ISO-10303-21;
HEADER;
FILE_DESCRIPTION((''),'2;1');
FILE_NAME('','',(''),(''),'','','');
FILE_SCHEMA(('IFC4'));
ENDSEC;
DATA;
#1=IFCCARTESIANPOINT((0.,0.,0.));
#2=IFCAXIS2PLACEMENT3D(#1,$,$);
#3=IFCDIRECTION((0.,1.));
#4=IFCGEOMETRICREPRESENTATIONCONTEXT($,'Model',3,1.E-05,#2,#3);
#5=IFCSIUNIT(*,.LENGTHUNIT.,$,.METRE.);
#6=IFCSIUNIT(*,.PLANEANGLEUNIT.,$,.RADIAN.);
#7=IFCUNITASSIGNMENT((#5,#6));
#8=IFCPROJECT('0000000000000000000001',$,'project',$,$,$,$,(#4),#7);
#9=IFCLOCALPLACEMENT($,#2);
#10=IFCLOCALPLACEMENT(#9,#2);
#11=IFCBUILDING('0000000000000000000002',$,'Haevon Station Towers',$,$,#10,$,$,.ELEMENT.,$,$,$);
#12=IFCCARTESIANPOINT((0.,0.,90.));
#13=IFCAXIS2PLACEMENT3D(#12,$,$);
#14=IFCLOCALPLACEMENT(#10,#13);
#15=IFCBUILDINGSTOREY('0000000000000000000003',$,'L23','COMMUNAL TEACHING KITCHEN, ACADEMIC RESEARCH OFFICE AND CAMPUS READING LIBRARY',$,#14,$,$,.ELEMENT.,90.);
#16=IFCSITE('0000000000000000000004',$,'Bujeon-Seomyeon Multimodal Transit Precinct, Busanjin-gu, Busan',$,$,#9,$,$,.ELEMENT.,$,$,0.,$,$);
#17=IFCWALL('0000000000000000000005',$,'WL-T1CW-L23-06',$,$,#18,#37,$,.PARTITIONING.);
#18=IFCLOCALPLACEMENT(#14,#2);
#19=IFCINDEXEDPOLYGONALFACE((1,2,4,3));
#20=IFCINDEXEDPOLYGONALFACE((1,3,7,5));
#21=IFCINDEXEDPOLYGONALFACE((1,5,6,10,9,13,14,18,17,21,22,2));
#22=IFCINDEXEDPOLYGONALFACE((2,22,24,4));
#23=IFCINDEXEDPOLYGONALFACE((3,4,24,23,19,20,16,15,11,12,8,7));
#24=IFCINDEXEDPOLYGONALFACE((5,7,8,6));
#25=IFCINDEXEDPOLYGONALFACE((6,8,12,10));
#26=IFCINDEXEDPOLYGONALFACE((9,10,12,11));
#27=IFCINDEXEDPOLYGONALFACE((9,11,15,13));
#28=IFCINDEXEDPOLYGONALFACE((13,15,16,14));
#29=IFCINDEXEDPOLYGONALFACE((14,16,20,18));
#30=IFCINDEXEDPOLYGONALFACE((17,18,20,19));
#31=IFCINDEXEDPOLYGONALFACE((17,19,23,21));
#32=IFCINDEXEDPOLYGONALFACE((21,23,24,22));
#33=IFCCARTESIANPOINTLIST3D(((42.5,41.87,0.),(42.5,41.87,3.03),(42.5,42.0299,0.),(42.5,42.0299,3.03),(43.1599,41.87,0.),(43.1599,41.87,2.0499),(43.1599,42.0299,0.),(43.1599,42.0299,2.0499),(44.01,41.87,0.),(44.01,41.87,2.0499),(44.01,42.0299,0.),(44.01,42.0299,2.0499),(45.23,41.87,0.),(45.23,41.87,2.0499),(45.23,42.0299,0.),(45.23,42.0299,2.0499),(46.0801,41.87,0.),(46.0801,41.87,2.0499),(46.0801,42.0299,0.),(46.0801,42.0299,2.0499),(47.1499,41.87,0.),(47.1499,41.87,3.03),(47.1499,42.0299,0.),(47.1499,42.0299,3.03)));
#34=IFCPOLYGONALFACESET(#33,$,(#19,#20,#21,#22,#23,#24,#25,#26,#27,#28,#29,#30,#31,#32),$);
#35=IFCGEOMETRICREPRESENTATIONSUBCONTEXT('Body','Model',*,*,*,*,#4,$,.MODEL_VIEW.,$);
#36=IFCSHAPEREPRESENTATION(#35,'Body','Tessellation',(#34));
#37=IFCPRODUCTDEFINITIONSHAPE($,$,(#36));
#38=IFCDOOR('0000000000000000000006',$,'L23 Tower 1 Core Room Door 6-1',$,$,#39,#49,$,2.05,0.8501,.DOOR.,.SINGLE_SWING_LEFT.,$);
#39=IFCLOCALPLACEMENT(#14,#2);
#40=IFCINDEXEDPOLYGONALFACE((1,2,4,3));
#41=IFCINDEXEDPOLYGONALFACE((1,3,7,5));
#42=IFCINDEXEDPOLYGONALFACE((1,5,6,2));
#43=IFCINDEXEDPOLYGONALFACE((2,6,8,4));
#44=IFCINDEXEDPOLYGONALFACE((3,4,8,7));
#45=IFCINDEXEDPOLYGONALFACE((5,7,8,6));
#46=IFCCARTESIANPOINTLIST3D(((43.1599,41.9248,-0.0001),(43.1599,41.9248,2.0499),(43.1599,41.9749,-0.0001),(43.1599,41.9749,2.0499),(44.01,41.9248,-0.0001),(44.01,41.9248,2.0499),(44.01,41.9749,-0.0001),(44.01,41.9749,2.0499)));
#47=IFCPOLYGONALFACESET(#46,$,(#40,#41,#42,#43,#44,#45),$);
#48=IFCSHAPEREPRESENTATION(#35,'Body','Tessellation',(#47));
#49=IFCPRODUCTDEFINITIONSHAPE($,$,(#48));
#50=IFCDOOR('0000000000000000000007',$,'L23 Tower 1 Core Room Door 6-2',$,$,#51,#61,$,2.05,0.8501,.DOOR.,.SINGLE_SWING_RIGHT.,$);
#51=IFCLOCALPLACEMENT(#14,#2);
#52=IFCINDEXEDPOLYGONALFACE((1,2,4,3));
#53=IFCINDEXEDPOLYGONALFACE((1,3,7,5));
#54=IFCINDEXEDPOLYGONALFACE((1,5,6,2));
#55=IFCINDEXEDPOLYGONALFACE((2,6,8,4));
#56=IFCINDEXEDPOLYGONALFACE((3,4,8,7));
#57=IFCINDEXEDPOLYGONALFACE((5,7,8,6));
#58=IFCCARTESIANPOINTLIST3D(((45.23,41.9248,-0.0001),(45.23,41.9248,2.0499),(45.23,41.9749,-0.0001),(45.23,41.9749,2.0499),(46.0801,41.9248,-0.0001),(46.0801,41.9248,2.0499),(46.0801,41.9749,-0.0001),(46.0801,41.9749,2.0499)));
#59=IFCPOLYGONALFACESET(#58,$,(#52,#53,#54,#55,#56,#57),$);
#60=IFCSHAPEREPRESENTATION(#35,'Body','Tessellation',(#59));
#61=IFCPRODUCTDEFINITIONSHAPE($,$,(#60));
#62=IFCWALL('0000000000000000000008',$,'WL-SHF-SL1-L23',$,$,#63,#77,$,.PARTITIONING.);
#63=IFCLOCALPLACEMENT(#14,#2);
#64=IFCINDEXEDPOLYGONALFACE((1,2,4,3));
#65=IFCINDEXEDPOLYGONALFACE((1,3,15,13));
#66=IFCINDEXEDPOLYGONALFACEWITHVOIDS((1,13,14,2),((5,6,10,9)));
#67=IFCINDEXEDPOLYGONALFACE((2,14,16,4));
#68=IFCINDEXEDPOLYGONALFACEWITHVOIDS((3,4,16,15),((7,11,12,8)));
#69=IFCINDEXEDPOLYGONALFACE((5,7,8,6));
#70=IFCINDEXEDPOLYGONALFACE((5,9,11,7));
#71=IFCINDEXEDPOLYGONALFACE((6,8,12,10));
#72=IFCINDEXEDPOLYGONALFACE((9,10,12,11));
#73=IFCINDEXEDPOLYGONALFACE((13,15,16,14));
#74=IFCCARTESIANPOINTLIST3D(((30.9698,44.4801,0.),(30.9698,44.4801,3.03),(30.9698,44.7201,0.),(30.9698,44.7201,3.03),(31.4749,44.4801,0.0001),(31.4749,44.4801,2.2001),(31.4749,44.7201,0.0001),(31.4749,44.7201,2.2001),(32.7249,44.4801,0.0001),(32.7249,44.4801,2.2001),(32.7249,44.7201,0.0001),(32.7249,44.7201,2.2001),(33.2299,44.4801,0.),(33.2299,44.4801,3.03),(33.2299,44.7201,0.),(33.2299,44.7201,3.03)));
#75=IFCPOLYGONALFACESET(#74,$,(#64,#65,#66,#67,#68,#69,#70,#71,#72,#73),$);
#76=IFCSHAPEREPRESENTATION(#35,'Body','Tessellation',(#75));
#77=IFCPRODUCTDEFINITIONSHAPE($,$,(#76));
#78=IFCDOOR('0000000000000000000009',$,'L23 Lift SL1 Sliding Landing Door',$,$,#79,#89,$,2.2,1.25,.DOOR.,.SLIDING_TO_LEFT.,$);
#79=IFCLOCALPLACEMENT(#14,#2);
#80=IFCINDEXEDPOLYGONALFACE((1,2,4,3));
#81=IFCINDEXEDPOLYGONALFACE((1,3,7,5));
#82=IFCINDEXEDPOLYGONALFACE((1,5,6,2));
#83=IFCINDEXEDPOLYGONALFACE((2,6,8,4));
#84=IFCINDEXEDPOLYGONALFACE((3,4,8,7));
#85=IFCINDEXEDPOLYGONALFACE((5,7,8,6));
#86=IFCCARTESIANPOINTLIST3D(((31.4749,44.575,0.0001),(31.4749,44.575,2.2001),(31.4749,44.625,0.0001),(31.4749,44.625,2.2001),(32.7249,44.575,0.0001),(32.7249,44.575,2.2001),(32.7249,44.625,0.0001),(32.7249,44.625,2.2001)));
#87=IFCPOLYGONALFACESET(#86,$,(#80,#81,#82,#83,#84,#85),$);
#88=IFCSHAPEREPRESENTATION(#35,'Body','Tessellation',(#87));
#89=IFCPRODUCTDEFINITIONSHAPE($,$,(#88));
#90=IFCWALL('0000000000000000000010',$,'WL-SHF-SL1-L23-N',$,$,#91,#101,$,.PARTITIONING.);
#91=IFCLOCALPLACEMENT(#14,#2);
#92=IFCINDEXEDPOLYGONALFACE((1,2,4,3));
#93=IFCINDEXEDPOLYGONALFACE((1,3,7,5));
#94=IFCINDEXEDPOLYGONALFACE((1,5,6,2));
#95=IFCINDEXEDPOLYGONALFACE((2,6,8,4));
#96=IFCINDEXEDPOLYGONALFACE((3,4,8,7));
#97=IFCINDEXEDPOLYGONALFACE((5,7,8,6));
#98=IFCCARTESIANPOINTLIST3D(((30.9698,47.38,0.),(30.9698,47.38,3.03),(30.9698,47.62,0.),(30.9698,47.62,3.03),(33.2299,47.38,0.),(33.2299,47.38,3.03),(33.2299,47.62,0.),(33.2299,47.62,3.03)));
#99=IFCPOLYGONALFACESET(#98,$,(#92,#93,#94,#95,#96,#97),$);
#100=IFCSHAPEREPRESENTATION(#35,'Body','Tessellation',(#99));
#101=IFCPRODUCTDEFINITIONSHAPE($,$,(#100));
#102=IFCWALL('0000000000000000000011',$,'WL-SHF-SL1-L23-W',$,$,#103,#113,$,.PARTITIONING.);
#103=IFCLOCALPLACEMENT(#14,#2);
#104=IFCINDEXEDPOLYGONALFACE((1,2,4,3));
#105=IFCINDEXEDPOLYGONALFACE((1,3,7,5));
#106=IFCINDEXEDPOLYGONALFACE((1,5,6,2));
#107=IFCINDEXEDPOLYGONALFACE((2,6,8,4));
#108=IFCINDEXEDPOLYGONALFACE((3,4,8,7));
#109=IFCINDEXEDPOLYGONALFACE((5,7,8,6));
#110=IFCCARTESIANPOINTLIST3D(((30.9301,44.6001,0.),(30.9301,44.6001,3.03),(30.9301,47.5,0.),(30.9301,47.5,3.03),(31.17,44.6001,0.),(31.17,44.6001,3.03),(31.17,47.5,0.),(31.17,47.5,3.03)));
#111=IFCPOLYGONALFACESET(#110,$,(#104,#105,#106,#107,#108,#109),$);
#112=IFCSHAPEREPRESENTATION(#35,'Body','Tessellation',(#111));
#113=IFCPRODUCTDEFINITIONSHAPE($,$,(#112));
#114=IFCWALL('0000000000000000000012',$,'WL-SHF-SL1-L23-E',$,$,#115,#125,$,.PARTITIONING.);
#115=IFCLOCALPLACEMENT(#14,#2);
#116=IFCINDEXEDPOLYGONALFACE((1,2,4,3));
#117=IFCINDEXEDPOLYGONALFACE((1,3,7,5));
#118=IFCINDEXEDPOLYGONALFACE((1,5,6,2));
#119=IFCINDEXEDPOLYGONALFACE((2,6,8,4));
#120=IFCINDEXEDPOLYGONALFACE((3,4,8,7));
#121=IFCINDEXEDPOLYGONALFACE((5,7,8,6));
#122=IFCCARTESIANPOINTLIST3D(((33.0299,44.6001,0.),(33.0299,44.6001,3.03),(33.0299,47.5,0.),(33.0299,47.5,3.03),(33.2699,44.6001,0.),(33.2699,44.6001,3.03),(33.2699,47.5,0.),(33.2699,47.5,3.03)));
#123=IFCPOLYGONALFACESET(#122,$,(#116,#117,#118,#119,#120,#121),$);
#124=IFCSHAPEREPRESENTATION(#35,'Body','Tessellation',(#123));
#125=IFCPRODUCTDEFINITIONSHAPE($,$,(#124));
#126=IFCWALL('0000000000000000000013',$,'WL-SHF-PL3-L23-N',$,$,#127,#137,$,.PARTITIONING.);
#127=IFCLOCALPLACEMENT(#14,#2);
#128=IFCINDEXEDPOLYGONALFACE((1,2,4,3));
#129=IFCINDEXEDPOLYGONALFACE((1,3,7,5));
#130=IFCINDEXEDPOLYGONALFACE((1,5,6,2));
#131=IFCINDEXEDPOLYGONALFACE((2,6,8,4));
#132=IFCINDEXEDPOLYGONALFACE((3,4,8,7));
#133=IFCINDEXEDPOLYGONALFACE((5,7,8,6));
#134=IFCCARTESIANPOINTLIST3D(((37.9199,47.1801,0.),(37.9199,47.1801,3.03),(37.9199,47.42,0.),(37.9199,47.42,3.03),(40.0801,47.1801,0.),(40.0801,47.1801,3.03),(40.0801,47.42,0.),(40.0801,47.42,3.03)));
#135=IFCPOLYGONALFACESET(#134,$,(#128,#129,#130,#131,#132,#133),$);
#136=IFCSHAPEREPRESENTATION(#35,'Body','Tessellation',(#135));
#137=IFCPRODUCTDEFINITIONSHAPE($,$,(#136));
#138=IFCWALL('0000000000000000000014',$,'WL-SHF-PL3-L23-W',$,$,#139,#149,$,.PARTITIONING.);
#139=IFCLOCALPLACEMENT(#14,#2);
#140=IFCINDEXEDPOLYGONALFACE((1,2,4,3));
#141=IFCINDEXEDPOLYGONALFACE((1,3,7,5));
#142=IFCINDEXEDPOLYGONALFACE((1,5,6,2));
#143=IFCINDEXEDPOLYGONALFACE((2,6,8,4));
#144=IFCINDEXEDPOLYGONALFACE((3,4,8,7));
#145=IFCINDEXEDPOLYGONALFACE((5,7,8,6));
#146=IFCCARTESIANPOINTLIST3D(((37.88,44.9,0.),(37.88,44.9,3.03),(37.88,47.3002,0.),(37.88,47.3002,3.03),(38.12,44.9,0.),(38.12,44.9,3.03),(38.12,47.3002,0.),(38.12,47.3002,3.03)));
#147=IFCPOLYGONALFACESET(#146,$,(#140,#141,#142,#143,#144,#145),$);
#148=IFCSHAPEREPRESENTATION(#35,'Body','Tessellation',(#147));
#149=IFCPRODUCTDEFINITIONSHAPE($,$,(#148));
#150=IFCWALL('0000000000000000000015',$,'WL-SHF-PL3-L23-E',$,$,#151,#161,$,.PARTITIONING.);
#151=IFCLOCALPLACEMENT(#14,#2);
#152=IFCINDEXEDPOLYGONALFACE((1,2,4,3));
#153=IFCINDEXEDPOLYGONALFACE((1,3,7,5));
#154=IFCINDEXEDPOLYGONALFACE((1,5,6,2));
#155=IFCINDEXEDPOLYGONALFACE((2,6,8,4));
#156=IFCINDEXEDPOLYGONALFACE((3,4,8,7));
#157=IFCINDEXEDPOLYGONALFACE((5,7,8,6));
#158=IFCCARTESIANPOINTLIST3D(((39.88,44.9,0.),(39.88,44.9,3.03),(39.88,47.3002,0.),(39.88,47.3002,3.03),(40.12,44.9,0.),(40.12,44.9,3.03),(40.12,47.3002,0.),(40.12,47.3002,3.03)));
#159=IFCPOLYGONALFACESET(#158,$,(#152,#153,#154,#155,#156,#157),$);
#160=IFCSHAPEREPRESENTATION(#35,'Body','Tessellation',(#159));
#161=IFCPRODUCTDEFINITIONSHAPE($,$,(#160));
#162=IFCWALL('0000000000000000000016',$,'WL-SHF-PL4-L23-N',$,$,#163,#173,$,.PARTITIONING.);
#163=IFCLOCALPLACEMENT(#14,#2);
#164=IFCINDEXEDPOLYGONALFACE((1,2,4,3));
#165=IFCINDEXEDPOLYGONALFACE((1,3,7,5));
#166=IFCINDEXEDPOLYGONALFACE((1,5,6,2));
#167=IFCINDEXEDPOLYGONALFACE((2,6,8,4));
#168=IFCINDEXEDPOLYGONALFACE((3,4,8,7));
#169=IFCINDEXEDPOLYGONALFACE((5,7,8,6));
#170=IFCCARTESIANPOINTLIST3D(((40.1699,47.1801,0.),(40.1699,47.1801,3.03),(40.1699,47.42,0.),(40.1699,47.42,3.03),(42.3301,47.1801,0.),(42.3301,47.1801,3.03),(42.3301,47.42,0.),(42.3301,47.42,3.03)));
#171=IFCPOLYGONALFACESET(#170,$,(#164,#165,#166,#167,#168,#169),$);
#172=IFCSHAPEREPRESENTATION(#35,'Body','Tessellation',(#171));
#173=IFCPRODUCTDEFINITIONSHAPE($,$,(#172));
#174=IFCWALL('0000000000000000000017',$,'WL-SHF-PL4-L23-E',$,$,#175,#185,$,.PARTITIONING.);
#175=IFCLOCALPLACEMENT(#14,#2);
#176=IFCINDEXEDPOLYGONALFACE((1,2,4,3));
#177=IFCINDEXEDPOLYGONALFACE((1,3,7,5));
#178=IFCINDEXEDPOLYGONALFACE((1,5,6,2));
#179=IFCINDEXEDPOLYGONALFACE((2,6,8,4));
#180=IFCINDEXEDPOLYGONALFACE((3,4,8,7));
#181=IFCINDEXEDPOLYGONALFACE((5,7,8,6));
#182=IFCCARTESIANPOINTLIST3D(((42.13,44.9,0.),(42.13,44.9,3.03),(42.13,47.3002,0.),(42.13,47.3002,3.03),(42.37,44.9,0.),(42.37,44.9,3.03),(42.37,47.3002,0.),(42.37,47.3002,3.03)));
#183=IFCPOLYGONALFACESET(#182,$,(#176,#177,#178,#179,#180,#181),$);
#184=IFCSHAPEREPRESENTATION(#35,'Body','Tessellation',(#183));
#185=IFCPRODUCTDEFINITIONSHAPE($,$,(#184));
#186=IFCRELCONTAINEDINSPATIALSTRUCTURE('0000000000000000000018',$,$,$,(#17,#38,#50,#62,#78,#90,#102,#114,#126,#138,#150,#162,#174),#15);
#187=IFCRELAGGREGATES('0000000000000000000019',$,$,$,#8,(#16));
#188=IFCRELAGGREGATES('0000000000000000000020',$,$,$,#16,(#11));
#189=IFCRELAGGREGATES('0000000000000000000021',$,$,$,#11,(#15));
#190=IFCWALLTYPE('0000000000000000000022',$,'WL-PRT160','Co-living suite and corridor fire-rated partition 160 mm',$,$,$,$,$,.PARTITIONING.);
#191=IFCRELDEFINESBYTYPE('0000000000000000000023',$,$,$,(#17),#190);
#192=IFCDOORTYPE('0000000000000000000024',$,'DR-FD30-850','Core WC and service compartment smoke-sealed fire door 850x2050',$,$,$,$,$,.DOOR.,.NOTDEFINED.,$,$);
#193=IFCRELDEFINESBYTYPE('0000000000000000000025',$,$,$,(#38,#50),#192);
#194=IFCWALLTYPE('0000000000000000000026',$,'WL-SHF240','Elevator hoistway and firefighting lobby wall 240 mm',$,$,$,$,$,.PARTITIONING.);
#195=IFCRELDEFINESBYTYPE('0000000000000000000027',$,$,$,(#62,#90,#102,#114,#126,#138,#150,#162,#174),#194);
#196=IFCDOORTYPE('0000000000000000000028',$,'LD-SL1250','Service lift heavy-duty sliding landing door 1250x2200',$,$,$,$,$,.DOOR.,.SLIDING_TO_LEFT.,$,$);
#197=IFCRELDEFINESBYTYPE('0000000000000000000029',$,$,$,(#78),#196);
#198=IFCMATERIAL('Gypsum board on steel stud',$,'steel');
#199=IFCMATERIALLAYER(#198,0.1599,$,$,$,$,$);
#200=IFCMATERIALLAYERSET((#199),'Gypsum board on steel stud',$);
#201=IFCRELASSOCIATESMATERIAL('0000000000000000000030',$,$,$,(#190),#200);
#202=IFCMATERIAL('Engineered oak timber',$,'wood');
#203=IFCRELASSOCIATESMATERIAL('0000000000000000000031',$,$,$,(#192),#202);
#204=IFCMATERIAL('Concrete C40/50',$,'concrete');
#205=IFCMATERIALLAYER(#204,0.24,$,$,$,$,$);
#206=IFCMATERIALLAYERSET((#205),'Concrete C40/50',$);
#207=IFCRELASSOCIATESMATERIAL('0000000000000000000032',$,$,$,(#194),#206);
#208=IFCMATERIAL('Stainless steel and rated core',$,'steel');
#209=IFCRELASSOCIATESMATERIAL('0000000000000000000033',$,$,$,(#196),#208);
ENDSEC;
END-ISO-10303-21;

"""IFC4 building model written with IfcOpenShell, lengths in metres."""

from ifc_helpers import new_model, si_unit, direction, frame, frame_2d, origin, place, context, subcontext, project, spatial, rectangle, extrude, material, layer, layer_set, type_object, element, fill, save


model = new_model("IFC4")

# Units and contexts
model_context = context("Model", 3, precision=1e-05, world=origin(), true_north=direction((0.0, 1.0)))
body_context = subcontext(model_context, "Body", "Model", "MODEL_VIEW")
ifc_project = project(units=[si_unit("LENGTHUNIT", "METRE"), si_unit("PLANEANGLEUNIT", "RADIAN")], contexts=[model_context])

# Site, building, storey
site_placement = place(None, origin())
site = spatial("IfcSite", under=ifc_project, at=site_placement, Name="Bujeon-Seomyeon Multimodal Transit Precinct, Busanjin-gu, Busan", CompositionType="ELEMENT", RefElevation=0.0)
building_placement = place(site_placement, origin())
building = spatial("IfcBuilding", under=site, at=building_placement, Name="Haevon Station Towers", CompositionType="ELEMENT")
storey_placement = place(building_placement, frame((0.0, 0.0, 90.0)))
storey = spatial("IfcBuildingStorey", under=building, at=storey_placement, Name="L23", Description="COMMUNAL TEACHING KITCHEN, ACADEMIC RESEARCH OFFICE AND CAMPUS READING LIBRARY", CompositionType="ELEMENT", Elevation=90.0)

# Shared definitions
ifc_material_1 = material(Name="Gypsum board on steel stud", Category="steel")
ifc_layer_1 = layer(ifc_material_1, 0.1599)
ifc_layer_set_1 = layer_set([ifc_layer_1], Name="Gypsum board on steel stud")
wall_type_1 = type_object("IfcWallType", Name="WL-PRT160", Description="Co-living suite and corridor fire-rated partition 160 mm", PredefinedType="PARTITIONING", material=ifc_layer_set_1)
ifc_material_2 = material(Name="Engineered oak timber", Category="wood")

# Wall, openings, doors
wall_1_placement = place(storey_placement, frame((42.5, 41.95, 0.0), z_axis=(0.0, 0.0, 1.0), x_axis=(1.0, 0.0, 0.0)))
wall_1 = element("IfcWall", 1, at=wall_1_placement, inside=storey, type_object=wall_type_1, Name="WL-T1CW-L23-06", PredefinedType="PARTITIONING", context=body_context, shape_type="SweptSolid", body=[
    extrude(rectangle(XDim=4.6499, YDim=0.1599, at=frame_2d((2.325, 0.0))), origin(), (0.0, 0.0, 1.0), 3.03),
])
opening_1_placement = place(wall_1_placement, frame((0.6599, 0.0, 0.0)))
opening_1 = element("IfcOpeningElement", 2, at=opening_1_placement, cuts=wall_1, PredefinedType="OPENING", context=body_context, shape_type="SweptSolid", body=[
    extrude(rectangle(XDim=0.8501, YDim=2.05, at=frame_2d((0.425, 1.0249))), frame((0.0, 0.0898, 0.0), z_axis=(0.0, -1.0, 0.0), x_axis=(1.0, 0.0, 0.0)), (0.0, 0.0, 1.0), 0.1799),
])
opening_2_placement = place(wall_1_placement, frame((2.73, 0.0, 0.0)))
opening_2 = element("IfcOpeningElement", 3, at=opening_2_placement, cuts=wall_1, PredefinedType="OPENING", context=body_context, shape_type="SweptSolid", body=[
    extrude(rectangle(XDim=0.8501, YDim=2.05, at=frame_2d((0.425, 1.0249))), frame((0.0, 0.0898, 0.0), z_axis=(0.0, -1.0, 0.0), x_axis=(1.0, 0.0, 0.0)), (0.0, 0.0, 1.0), 0.1799),
])
door_type_1 = type_object("IfcDoorType", Name="DR-FD30-850", Description="Core WC and service compartment smoke-sealed fire door 850x2050", OperationType="NOTDEFINED", PredefinedType="DOOR", material=ifc_material_2)
door_1_placement = place(opening_1_placement, origin())
door_1 = element("IfcDoor", 4, at=door_1_placement, inside=storey, type_object=door_type_1, Name="L23 Tower 1 Core Room Door 6-1", OperationType="SINGLE_SWING_LEFT", OverallHeight=2.05, OverallWidth=0.8501, PredefinedType="DOOR", context=body_context, shape_type="SweptSolid", body=[
    extrude(rectangle(XDim=0.8501, YDim=2.05, at=frame_2d((0.425, 1.0249))), frame((0.0, 0.0249, 0.0), z_axis=(0.0, -1.0, 0.0), x_axis=(1.0, 0.0, 0.0)), (0.0, 0.0, 1.0), 0.05),
])
fill(opening_1, door_1)
door_2_placement = place(opening_2_placement, origin())
door_2 = element("IfcDoor", 5, at=door_2_placement, inside=storey, type_object=door_type_1, Name="L23 Tower 1 Core Room Door 6-2", OperationType="SINGLE_SWING_RIGHT", OverallHeight=2.05, OverallWidth=0.8501, PredefinedType="DOOR", context=body_context, shape_type="SweptSolid", body=[
    extrude(rectangle(XDim=0.8501, YDim=2.05, at=frame_2d((0.425, 1.0249))), frame((0.0, 0.0249, 0.0), z_axis=(0.0, -1.0, 0.0), x_axis=(1.0, 0.0, 0.0)), (0.0, 0.0, 1.0), 0.05),
])
fill(opening_2, door_2)

# Wall, opening, door
ifc_material_3 = material(Name="Concrete C40/50", Category="concrete")
ifc_layer_2 = layer(ifc_material_3, 0.24)
ifc_layer_set_2 = layer_set([ifc_layer_2], Name="Concrete C40/50")
wall_type_2 = type_object("IfcWallType", Name="WL-SHF240", Description="Elevator hoistway and firefighting lobby wall 240 mm", PredefinedType="PARTITIONING", material=ifc_layer_set_2)
wall_2_placement = place(storey_placement, frame((30.97, 44.6001, 0.0), z_axis=(0.0, 0.0, 1.0), x_axis=(1.0, 0.0, 0.0)))
wall_2 = element("IfcWall", 6, at=wall_2_placement, inside=storey, type_object=wall_type_2, Name="WL-SHF-SL1-L23", PredefinedType="PARTITIONING", context=body_context, shape_type="SweptSolid", body=[
    extrude(rectangle(XDim=2.26, YDim=0.24, at=frame_2d((1.1299, 0.0))), origin(), (0.0, 0.0, 1.0), 3.03),
])
opening_3_placement = place(wall_2_placement, frame((0.5049, 0.0, 0.0)))
opening_3 = element("IfcOpeningElement", 7, at=opening_3_placement, cuts=wall_2, PredefinedType="OPENING", context=body_context, shape_type="SweptSolid", body=[
    extrude(rectangle(XDim=1.25, YDim=2.2, at=frame_2d((0.625, 1.1001))), frame((0.0, 0.1299, 0.0), z_axis=(0.0, -1.0, 0.0), x_axis=(1.0, 0.0, 0.0)), (0.0, 0.0, 1.0), 0.26),
])
ifc_material_4 = material(Name="Stainless steel and rated core", Category="steel")
door_type_2 = type_object("IfcDoorType", Name="LD-SL1250", Description="Service lift heavy-duty sliding landing door 1250x2200", OperationType="SLIDING_TO_LEFT", PredefinedType="DOOR", material=ifc_material_4)
door_3_placement = place(opening_3_placement, origin())
door_3 = element("IfcDoor", 8, at=door_3_placement, inside=storey, type_object=door_type_2, Name="L23 Lift SL1 Sliding Landing Door", OperationType="SLIDING_TO_LEFT", OverallHeight=2.2, OverallWidth=1.25, PredefinedType="DOOR", context=body_context, shape_type="SweptSolid", body=[
    extrude(rectangle(XDim=1.25, YDim=2.2, at=frame_2d((0.625, 1.1001))), frame((0.0, 0.0249, 0.0), z_axis=(0.0, -1.0, 0.0), x_axis=(1.0, 0.0, 0.0)), (0.0, 0.0, 1.0), 0.05),
])
fill(opening_3, door_3)

# Walls
wall_3_placement = place(storey_placement, frame((30.97, 47.5, 0.0), z_axis=(0.0, 0.0, 1.0), x_axis=(1.0, 0.0, 0.0)))
element("IfcWall", 9, at=wall_3_placement, inside=storey, type_object=wall_type_2, Name="WL-SHF-SL1-L23-N", PredefinedType="PARTITIONING", context=body_context, shape_type="SweptSolid", body=[
    extrude(rectangle(XDim=2.26, YDim=0.24, at=frame_2d((1.1299, 0.0))), origin(), (0.0, 0.0, 1.0), 3.03),
])
for number, where, z_axis, x_axis, name in (
    (10, (31.05, 44.6001, 0.0), (0.0, 0.0, 1.0), (0.0, 1.0, 0.0), "WL-SHF-SL1-L23-W"),
    (11, (33.1499, 44.6001, 0.0), (0.0, 0.0, 1.0), (0.0, 1.0, 0.0), "WL-SHF-SL1-L23-E"),
):
    element("IfcWall", number, at=place(storey_placement, frame(where, z_axis=z_axis, x_axis=x_axis)), inside=storey, type_object=wall_type_2, Name=name, PredefinedType="PARTITIONING", context=body_context, shape_type="SweptSolid", body=[
        extrude(rectangle(XDim=2.8999, YDim=0.24, at=frame_2d((1.45, 0.0))), origin(), (0.0, 0.0, 1.0), 3.03),
    ])

# Walls
wall_4_placement = place(storey_placement, frame((37.9199, 47.3, 0.0), z_axis=(0.0, 0.0, 1.0), x_axis=(1.0, 0.0, 0.0)))
element("IfcWall", 12, at=wall_4_placement, inside=storey, type_object=wall_type_2, Name="WL-SHF-PL3-L23-N", PredefinedType="PARTITIONING", context=body_context, shape_type="SweptSolid", body=[
    extrude(rectangle(XDim=2.1602, YDim=0.24, at=frame_2d((1.0801, 0.0))), origin(), (0.0, 0.0, 1.0), 3.03),
])
for number, where, z_axis, x_axis, name in (
    (13, (38.0, 44.8999, 0.0), (0.0, 0.0, 1.0), (0.0, 1.0, 0.0), "WL-SHF-PL3-L23-W"),
    (14, (40.0, 44.8999, 0.0), (0.0, 0.0, 1.0), (0.0, 1.0, 0.0), "WL-SHF-PL3-L23-E"),
):
    element("IfcWall", number, at=place(storey_placement, frame(where, z_axis=z_axis, x_axis=x_axis)), inside=storey, type_object=wall_type_2, Name=name, PredefinedType="PARTITIONING", context=body_context, shape_type="SweptSolid", body=[
        extrude(rectangle(XDim=2.4001, YDim=0.24, at=frame_2d((1.2002, 0.0))), origin(), (0.0, 0.0, 1.0), 3.03),
    ])

# Walls
wall_5_placement = place(storey_placement, frame((40.1699, 47.3, 0.0), z_axis=(0.0, 0.0, 1.0), x_axis=(1.0, 0.0, 0.0)))
element("IfcWall", 15, at=wall_5_placement, inside=storey, type_object=wall_type_2, Name="WL-SHF-PL4-L23-N", PredefinedType="PARTITIONING", context=body_context, shape_type="SweptSolid", body=[
    extrude(rectangle(XDim=2.1602, YDim=0.24, at=frame_2d((1.0801, 0.0))), origin(), (0.0, 0.0, 1.0), 3.03),
])
wall_6_placement = place(storey_placement, frame((42.25, 44.8999, 0.0), z_axis=(0.0, 0.0, 1.0), x_axis=(0.0, 1.0, 0.0)))
element("IfcWall", 16, at=wall_6_placement, inside=storey, type_object=wall_type_2, Name="WL-SHF-PL4-L23-E", PredefinedType="PARTITIONING", context=body_context, shape_type="SweptSolid", body=[
    extrude(rectangle(XDim=2.4001, YDim=0.24, at=frame_2d((1.2002, 0.0))), origin(), (0.0, 0.0, 1.0), 3.03),
])

save(model, "model.ifc")
